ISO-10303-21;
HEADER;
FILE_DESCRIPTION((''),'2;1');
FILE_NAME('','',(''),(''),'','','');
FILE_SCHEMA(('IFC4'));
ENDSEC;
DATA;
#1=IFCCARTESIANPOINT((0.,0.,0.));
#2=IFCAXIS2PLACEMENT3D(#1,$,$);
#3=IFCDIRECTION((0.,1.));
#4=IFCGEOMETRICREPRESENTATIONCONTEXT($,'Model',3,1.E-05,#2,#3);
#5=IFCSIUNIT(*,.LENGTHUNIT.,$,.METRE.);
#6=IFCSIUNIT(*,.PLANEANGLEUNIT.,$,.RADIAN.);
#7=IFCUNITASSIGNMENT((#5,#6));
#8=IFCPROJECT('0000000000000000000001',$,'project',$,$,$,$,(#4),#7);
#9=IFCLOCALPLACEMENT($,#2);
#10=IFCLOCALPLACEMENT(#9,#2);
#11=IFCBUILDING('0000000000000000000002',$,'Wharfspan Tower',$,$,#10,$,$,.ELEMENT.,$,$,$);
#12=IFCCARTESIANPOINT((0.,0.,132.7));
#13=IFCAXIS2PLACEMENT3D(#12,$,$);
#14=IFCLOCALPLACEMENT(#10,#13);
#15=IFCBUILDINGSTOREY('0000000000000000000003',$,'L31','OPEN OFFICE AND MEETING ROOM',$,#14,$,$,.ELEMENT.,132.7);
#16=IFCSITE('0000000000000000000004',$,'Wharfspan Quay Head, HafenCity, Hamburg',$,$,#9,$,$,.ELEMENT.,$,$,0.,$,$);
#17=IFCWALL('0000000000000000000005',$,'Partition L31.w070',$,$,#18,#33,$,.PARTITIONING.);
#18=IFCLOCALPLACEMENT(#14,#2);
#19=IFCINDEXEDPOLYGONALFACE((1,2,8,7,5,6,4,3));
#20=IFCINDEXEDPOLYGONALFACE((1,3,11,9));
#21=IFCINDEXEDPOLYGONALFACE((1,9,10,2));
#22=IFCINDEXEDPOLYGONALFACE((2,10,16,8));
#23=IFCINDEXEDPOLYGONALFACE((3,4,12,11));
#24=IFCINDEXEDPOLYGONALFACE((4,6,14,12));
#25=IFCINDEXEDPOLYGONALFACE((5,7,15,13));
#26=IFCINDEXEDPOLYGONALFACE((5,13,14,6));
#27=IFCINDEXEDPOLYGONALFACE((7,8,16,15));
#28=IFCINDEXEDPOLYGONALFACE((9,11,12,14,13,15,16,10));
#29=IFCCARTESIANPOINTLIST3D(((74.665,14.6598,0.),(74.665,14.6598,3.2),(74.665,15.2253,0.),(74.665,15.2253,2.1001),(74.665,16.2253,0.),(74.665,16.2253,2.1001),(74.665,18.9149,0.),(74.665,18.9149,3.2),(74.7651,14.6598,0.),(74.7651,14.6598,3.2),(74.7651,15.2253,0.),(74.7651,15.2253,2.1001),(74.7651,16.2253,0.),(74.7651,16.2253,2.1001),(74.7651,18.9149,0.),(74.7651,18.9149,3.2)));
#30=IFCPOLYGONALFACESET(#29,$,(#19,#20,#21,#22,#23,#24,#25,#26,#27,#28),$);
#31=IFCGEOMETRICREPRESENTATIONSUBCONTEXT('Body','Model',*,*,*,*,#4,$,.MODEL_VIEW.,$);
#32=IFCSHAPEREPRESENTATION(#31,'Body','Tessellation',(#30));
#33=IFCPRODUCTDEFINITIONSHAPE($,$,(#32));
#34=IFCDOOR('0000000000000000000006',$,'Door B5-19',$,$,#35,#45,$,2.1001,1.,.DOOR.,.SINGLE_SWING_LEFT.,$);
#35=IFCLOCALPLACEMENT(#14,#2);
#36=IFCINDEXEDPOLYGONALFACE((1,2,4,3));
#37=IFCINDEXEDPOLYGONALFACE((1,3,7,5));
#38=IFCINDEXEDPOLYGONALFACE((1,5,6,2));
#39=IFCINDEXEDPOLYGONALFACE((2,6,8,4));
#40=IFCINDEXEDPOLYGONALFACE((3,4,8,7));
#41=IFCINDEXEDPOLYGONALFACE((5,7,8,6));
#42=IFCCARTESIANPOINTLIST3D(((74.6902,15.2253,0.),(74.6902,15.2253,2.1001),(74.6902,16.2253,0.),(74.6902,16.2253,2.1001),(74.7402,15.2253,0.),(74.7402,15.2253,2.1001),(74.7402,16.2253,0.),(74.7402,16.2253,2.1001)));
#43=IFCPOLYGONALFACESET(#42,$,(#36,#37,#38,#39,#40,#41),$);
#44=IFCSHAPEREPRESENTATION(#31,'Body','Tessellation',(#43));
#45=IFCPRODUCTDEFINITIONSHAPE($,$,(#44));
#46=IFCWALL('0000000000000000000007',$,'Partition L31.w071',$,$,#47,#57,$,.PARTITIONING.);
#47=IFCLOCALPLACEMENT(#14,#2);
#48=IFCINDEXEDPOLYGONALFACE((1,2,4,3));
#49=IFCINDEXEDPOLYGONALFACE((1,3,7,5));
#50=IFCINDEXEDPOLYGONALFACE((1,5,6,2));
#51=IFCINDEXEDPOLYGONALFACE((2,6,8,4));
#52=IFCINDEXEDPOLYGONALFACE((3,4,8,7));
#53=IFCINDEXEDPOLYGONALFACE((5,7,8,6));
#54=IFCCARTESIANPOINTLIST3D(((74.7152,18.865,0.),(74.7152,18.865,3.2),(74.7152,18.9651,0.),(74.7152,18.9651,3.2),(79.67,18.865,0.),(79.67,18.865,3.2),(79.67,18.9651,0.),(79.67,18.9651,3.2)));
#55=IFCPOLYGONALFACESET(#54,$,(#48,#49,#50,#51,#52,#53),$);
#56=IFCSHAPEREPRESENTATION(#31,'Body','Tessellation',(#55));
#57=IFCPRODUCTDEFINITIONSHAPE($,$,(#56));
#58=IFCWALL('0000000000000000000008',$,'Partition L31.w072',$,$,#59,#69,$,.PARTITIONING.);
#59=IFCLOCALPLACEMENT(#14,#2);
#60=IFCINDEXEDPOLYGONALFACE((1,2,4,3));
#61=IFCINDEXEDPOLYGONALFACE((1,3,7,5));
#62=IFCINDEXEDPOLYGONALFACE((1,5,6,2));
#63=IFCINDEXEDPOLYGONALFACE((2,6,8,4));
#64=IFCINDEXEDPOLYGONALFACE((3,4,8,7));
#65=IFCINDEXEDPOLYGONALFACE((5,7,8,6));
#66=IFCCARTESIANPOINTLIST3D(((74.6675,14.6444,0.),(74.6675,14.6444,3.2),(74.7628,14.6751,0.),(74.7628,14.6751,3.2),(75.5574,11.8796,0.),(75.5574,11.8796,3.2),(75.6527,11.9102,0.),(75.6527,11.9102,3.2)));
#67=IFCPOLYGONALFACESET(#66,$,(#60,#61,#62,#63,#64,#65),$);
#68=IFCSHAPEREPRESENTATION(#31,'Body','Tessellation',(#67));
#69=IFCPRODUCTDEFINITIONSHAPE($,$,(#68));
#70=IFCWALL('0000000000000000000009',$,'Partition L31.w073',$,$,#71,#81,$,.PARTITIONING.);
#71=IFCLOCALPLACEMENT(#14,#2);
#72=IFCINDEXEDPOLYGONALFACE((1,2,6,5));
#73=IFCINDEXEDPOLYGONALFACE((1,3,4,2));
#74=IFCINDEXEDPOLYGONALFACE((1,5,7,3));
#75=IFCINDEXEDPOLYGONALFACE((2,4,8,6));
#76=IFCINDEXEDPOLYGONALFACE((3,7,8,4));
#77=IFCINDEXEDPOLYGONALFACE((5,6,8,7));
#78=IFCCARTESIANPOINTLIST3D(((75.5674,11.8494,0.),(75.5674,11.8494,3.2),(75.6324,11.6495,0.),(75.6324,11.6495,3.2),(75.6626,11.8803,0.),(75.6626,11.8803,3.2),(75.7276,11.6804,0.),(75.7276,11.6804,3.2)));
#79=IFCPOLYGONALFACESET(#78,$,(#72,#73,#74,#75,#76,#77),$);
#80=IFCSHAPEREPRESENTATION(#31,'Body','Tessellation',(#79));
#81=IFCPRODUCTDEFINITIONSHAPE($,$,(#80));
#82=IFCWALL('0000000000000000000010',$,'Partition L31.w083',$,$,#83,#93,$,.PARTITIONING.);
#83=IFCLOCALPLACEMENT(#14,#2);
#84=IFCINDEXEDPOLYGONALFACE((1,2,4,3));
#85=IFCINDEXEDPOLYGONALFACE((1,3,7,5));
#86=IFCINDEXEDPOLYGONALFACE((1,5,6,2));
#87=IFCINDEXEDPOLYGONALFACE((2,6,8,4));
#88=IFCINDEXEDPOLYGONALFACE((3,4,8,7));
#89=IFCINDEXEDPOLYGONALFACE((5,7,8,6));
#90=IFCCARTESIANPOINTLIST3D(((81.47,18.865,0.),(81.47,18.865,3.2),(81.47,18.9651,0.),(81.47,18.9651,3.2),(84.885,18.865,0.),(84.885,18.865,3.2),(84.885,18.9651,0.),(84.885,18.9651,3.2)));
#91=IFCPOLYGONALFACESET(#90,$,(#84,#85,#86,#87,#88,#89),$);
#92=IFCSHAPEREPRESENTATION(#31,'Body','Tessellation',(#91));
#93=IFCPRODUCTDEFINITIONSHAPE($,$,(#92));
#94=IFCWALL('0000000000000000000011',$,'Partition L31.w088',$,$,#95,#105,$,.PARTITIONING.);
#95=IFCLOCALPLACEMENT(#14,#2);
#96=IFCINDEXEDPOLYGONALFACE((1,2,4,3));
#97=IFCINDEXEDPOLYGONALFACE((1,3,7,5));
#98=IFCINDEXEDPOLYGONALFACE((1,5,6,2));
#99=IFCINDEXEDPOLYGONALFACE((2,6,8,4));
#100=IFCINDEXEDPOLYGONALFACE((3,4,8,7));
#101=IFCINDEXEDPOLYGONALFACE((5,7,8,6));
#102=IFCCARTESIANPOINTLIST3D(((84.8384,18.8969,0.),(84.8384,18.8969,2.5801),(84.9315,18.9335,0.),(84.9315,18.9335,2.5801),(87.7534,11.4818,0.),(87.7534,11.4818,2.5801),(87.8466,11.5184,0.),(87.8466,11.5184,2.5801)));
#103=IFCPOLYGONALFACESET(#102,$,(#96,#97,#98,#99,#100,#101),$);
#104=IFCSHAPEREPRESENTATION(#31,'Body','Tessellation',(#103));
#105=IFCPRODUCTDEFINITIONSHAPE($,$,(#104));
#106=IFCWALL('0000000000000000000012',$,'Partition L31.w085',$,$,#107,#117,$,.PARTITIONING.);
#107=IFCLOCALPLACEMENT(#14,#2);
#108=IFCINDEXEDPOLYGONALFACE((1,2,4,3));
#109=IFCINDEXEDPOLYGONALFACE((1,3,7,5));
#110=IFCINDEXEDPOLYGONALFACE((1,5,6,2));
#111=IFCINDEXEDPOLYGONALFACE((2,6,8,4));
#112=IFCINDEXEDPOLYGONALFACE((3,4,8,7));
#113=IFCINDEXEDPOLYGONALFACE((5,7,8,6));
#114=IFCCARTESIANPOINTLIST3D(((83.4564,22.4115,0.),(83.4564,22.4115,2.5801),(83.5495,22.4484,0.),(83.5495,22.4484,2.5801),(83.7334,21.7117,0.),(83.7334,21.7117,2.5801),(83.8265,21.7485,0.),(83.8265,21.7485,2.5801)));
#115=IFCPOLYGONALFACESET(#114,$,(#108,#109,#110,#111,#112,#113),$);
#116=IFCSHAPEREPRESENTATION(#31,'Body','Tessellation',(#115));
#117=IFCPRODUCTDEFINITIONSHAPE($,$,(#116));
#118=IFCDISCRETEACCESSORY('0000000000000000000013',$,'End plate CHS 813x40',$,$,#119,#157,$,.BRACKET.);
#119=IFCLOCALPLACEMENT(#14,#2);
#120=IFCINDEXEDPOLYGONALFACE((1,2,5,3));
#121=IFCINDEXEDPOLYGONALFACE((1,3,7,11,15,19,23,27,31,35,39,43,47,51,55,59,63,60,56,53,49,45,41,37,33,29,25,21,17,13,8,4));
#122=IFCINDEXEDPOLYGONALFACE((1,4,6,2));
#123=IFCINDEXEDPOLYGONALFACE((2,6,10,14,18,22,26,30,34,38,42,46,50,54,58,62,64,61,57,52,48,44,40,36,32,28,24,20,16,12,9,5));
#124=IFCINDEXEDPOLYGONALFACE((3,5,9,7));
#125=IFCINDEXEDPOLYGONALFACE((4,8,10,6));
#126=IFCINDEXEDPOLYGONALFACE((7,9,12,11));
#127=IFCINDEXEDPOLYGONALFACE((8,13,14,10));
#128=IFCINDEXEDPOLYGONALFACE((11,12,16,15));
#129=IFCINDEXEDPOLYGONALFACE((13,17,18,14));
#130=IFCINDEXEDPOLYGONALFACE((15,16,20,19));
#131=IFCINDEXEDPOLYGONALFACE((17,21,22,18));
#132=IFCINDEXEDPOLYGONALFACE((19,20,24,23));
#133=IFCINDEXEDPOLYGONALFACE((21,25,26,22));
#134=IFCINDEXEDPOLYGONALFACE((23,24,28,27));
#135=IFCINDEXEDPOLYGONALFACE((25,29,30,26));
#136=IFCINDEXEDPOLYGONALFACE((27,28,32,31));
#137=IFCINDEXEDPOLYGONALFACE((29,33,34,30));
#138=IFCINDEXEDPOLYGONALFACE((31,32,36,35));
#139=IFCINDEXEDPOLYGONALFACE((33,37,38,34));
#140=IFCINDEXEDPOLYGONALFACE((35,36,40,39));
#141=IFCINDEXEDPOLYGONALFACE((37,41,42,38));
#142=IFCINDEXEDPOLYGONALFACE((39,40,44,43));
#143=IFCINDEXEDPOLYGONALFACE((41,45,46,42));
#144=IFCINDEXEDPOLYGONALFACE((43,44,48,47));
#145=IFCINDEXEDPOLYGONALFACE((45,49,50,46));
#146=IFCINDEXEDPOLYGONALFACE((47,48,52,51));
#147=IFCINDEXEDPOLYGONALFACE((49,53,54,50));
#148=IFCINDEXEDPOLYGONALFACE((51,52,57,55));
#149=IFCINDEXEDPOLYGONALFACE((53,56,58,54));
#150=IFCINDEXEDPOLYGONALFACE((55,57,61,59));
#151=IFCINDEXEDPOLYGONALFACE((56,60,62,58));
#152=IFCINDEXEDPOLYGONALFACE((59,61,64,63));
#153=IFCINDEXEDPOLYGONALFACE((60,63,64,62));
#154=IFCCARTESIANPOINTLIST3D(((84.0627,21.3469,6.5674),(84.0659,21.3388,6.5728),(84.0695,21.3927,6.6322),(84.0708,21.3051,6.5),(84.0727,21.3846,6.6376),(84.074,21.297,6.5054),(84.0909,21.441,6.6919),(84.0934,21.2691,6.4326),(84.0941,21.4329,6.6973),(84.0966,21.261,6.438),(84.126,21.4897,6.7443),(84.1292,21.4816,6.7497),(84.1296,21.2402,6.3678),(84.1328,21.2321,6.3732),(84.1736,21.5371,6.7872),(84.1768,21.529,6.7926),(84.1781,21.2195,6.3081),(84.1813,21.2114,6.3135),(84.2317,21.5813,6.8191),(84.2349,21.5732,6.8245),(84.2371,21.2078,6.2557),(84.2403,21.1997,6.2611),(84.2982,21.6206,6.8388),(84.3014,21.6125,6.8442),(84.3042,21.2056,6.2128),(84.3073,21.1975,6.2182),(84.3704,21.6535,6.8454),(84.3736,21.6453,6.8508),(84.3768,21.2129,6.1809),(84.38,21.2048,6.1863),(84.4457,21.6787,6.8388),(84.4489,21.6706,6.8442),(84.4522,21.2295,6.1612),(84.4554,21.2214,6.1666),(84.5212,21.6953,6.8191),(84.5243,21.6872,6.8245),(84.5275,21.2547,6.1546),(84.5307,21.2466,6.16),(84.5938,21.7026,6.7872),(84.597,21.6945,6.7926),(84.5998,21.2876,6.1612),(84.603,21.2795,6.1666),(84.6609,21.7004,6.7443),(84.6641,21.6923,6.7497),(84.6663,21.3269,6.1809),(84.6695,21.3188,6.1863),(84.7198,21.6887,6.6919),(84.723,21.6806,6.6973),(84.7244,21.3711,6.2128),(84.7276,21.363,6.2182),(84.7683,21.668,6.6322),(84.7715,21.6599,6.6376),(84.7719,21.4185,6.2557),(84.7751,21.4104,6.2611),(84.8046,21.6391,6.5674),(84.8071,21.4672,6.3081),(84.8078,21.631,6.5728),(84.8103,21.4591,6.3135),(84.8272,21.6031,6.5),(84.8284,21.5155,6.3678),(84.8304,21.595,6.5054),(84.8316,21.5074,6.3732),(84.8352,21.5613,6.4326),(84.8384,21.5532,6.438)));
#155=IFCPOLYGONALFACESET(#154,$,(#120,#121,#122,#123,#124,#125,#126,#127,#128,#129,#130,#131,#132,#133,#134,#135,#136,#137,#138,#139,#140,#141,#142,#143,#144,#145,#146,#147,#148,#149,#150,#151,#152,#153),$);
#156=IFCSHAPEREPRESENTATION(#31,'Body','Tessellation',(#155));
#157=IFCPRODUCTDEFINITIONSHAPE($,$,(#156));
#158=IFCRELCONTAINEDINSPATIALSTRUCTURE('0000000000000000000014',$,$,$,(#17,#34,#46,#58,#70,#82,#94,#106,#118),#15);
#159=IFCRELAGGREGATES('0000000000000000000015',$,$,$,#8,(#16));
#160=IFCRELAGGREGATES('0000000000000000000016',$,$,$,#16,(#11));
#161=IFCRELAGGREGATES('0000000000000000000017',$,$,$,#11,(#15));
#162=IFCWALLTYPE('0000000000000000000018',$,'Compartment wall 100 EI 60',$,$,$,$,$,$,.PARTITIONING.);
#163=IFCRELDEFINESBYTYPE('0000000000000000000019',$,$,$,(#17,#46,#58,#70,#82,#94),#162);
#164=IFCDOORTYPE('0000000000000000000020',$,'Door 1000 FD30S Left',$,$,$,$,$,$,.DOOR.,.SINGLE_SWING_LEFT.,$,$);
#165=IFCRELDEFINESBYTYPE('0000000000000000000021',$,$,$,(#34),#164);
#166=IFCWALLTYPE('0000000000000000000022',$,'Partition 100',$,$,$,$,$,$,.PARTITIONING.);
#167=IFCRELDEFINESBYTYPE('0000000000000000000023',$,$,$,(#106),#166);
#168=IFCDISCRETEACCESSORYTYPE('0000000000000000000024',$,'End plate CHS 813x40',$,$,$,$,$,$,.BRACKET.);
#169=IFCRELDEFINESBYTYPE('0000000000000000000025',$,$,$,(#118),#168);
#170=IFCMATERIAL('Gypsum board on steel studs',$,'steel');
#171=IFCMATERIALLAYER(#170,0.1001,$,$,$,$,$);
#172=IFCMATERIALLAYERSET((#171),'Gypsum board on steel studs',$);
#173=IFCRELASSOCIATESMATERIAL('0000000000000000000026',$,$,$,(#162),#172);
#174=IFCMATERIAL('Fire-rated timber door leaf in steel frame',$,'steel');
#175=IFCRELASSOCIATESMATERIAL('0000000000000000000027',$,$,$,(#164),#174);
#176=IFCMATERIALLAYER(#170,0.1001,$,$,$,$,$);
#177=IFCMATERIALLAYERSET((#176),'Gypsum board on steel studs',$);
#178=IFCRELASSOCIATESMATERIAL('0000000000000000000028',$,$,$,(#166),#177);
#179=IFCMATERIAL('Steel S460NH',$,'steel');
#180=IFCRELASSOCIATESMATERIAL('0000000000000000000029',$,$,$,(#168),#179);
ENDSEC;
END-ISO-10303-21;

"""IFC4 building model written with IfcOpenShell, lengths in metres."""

from ifc_helpers import new_model, si_unit, direction, frame, frame_2d, origin, origin_2d, place, context, subcontext, project, spatial, rectangle, circle, extrude, material, layer, layer_set, material_profile, profile_set, type_object, element, fill, save


model = new_model("IFC4")

# Units and contexts
model_context = context("Model", 3, precision=1e-05, world=origin(), true_north=direction((0.0, 1.0)))
body_context = subcontext(model_context, "Body", "Model", "MODEL_VIEW")
ifc_project = project(units=[si_unit("LENGTHUNIT", "METRE"), si_unit("PLANEANGLEUNIT", "RADIAN")], contexts=[model_context])

# Site, building, storey
site_placement = place(None, origin())
site = spatial("IfcSite", under=ifc_project, at=site_placement, Name="Wharfspan Quay Head, HafenCity, Hamburg", CompositionType="ELEMENT", RefElevation=0.0)
building_placement = place(site_placement, origin())
building = spatial("IfcBuilding", under=site, at=building_placement, Name="Wharfspan Tower", CompositionType="ELEMENT")
storey_placement = place(building_placement, frame((0.0, 0.0, 132.7)))
storey = spatial("IfcBuildingStorey", under=building, at=storey_placement, Name="L31", Description="OPEN OFFICE AND MEETING ROOM", CompositionType="ELEMENT", Elevation=132.7)

# Shared definitions
ifc_material_1 = material(Name="Steel S460NH", Category="steel")

# Shared definitions
ifc_material_2 = material(Name="Gypsum board on steel studs", Category="steel")
ifc_layer_1 = layer(ifc_material_2, 0.1001)
ifc_layer_set_1 = layer_set([ifc_layer_1], Name="Gypsum board on steel studs")
wall_type_1 = type_object("IfcWallType", Name="Compartment wall 100 EI 60", PredefinedType="PARTITIONING", material=ifc_layer_set_1)
ifc_material_3 = material(Name="Fire-rated timber door leaf in steel frame", Category="steel")

# Wall, opening, door
wall_1_placement = place(storey_placement, frame((74.7151, 14.6599, 0.0), z_axis=(0.0, 0.0, 1.0), x_axis=(0.0, 1.0, 0.0)))
wall_1 = element("IfcWall", 1, at=wall_1_placement, inside=storey, type_object=wall_type_1, Name="Partition L31.w070", PredefinedType="PARTITIONING", context=body_context, shape_type="SweptSolid", body=[
    extrude(rectangle(XDim=4.2551, YDim=0.1001, at=frame_2d((2.1274, 0.0))), origin(), (0.0, 0.0, 1.0), 3.2),
])
opening_1_placement = place(wall_1_placement, frame((0.5654, 0.0, 0.0)))
opening_1 = element("IfcOpeningElement", 2, at=opening_1_placement, cuts=wall_1, PredefinedType="OPENING", context=body_context, shape_type="SweptSolid", body=[
    extrude(rectangle(XDim=1.0, YDim=2.1001, at=frame_2d((0.5, 1.05))), frame((0.0, 0.0601, 0.0), z_axis=(0.0, -1.0, 0.0), x_axis=(1.0, 0.0, 0.0)), (0.0, 0.0, 1.0), 0.1201),
])
door_type_1 = type_object("IfcDoorType", Name="Door 1000 FD30S Left", OperationType="SINGLE_SWING_LEFT", PredefinedType="DOOR", material=ifc_material_3)
door_1_placement = place(opening_1_placement, origin())
door_1 = element("IfcDoor", 3, at=door_1_placement, inside=storey, type_object=door_type_1, Name="Door B5-19", OperationType="SINGLE_SWING_LEFT", OverallHeight=2.1001, OverallWidth=1.0, PredefinedType="DOOR", context=body_context, shape_type="SweptSolid", body=[
    extrude(rectangle(XDim=1.0, YDim=2.1001, at=frame_2d((0.5, 1.05))), frame((0.0, 0.0249, 0.0), z_axis=(0.0, -1.0, 0.0), x_axis=(1.0, 0.0, 0.0)), (0.0, 0.0, 1.0), 0.05),
])
fill(opening_1, door_1)

# Walls
wall_2_placement = place(storey_placement, frame((74.7151, 18.915, 0.0), z_axis=(0.0, 0.0, 1.0), x_axis=(1.0, 0.0, 0.0)))
element("IfcWall", 4, at=wall_2_placement, inside=storey, type_object=wall_type_1, Name="Partition L31.w071", PredefinedType="PARTITIONING", context=body_context, shape_type="SweptSolid", body=[
    extrude(rectangle(XDim=4.9548, YDim=0.1001, at=frame_2d((2.4775, 0.0))), origin(), (0.0, 0.0, 1.0), 3.2),
])
wall_3_placement = place(storey_placement, frame((75.605, 11.895, 0.0), z_axis=(0.0, 0.0, 1.0), x_axis=(-0.306376, 0.951909, 0.0)))
element("IfcWall", 5, at=wall_3_placement, inside=storey, type_object=wall_type_1, Name="Partition L31.w072", PredefinedType="PARTITIONING", context=body_context, shape_type="SweptSolid", body=[
    extrude(rectangle(XDim=2.9045, YDim=0.1001, at=frame_2d((1.4521, 0.0))), origin(), (0.0, 0.0, 1.0), 3.2),
])
wall_4_placement = place(storey_placement, frame((75.6799, 11.665, 0.0), z_axis=(0.0, 0.0, 1.0), x_axis=(-0.308902, 0.951093, 0.0)))
element("IfcWall", 6, at=wall_4_placement, inside=storey, type_object=wall_type_1, Name="Partition L31.w073", PredefinedType="PARTITIONING", context=body_context, shape_type="SweptSolid", body=[
    extrude(rectangle(XDim=0.2102, YDim=0.1001, at=frame_2d((0.105, 0.0))), origin(), (0.0, 0.0, 1.0), 3.2),
])
wall_5_placement = place(storey_placement, frame((81.47, 18.915, 0.0), z_axis=(0.0, 0.0, 1.0), x_axis=(1.0, 0.0, 0.0)))
element("IfcWall", 7, at=wall_5_placement, inside=storey, type_object=wall_type_1, Name="Partition L31.w083", PredefinedType="PARTITIONING", context=body_context, shape_type="SweptSolid", body=[
    extrude(rectangle(XDim=3.415, YDim=0.1001, at=frame_2d((1.7075, 0.0))), origin(), (0.0, 0.0, 1.0), 3.2),
])
wall_6_placement = place(storey_placement, frame((87.8, 11.5, 0.0), z_axis=(0.0, 0.0, 1.0), x_axis=(-0.365869, 0.930668, 0.0)))
element("IfcWall", 8, at=wall_6_placement, inside=storey, type_object=wall_type_1, Name="Partition L31.w088", PredefinedType="PARTITIONING", context=body_context, shape_type="SweptSolid", body=[
    extrude(rectangle(XDim=7.9675, YDim=0.1001, at=frame_2d((3.9839, 0.0))), origin(), (0.0, 0.0, 1.0), 2.5801),
])
ifc_layer_2 = layer(ifc_material_2, 0.1001)
ifc_layer_set_2 = layer_set([ifc_layer_2], Name="Gypsum board on steel studs")
wall_type_2 = type_object("IfcWallType", Name="Partition 100", PredefinedType="PARTITIONING", material=ifc_layer_set_2)
wall_7_placement = place(storey_placement, frame((83.78, 21.73, 0.0), z_axis=(0.0, 0.0, 1.0), x_axis=(-0.368088, 0.929787, 0.0)))
element("IfcWall", 9, at=wall_7_placement, inside=storey, type_object=wall_type_2, Name="Partition L31.w085", PredefinedType="PARTITIONING", context=body_context, shape_type="SweptSolid", body=[
    extrude(rectangle(XDim=0.7527, YDim=0.1001, at=frame_2d((0.3765, 0.0))), origin(), (0.0, 0.0, 1.0), 2.5801),
])

# Discrete accessory
ifc_material_profile_1 = material_profile(ifc_material_1, circle(Radius=0.4065, at=origin_2d()))
ifc_profile_set_1 = profile_set([ifc_material_profile_1], Name="Steel S460NH")
discrete_accessory_type = type_object("IfcDiscreteAccessoryType", Name="End plate CHS 813x40", PredefinedType="BRACKET", material=ifc_profile_set_1)
discrete_accessory_placement = place(storey_placement, frame((84.449, 21.4541, 6.5), z_axis=(0.311472, -0.79066, 0.527107), x_axis=(0.93041, 0.366525, 0.0)))
element("IfcDiscreteAccessory", 10, at=discrete_accessory_placement, inside=storey, type_object=discrete_accessory_type, Name="End plate CHS 813x40", PredefinedType="BRACKET", context=body_context, shape_type="SweptSolid", body=[
    extrude(circle(Radius=0.4065, at=origin_2d()), origin(), (0.0, 0.0, 1.0), 0.0103),
])

save(model, "model.ifc")
